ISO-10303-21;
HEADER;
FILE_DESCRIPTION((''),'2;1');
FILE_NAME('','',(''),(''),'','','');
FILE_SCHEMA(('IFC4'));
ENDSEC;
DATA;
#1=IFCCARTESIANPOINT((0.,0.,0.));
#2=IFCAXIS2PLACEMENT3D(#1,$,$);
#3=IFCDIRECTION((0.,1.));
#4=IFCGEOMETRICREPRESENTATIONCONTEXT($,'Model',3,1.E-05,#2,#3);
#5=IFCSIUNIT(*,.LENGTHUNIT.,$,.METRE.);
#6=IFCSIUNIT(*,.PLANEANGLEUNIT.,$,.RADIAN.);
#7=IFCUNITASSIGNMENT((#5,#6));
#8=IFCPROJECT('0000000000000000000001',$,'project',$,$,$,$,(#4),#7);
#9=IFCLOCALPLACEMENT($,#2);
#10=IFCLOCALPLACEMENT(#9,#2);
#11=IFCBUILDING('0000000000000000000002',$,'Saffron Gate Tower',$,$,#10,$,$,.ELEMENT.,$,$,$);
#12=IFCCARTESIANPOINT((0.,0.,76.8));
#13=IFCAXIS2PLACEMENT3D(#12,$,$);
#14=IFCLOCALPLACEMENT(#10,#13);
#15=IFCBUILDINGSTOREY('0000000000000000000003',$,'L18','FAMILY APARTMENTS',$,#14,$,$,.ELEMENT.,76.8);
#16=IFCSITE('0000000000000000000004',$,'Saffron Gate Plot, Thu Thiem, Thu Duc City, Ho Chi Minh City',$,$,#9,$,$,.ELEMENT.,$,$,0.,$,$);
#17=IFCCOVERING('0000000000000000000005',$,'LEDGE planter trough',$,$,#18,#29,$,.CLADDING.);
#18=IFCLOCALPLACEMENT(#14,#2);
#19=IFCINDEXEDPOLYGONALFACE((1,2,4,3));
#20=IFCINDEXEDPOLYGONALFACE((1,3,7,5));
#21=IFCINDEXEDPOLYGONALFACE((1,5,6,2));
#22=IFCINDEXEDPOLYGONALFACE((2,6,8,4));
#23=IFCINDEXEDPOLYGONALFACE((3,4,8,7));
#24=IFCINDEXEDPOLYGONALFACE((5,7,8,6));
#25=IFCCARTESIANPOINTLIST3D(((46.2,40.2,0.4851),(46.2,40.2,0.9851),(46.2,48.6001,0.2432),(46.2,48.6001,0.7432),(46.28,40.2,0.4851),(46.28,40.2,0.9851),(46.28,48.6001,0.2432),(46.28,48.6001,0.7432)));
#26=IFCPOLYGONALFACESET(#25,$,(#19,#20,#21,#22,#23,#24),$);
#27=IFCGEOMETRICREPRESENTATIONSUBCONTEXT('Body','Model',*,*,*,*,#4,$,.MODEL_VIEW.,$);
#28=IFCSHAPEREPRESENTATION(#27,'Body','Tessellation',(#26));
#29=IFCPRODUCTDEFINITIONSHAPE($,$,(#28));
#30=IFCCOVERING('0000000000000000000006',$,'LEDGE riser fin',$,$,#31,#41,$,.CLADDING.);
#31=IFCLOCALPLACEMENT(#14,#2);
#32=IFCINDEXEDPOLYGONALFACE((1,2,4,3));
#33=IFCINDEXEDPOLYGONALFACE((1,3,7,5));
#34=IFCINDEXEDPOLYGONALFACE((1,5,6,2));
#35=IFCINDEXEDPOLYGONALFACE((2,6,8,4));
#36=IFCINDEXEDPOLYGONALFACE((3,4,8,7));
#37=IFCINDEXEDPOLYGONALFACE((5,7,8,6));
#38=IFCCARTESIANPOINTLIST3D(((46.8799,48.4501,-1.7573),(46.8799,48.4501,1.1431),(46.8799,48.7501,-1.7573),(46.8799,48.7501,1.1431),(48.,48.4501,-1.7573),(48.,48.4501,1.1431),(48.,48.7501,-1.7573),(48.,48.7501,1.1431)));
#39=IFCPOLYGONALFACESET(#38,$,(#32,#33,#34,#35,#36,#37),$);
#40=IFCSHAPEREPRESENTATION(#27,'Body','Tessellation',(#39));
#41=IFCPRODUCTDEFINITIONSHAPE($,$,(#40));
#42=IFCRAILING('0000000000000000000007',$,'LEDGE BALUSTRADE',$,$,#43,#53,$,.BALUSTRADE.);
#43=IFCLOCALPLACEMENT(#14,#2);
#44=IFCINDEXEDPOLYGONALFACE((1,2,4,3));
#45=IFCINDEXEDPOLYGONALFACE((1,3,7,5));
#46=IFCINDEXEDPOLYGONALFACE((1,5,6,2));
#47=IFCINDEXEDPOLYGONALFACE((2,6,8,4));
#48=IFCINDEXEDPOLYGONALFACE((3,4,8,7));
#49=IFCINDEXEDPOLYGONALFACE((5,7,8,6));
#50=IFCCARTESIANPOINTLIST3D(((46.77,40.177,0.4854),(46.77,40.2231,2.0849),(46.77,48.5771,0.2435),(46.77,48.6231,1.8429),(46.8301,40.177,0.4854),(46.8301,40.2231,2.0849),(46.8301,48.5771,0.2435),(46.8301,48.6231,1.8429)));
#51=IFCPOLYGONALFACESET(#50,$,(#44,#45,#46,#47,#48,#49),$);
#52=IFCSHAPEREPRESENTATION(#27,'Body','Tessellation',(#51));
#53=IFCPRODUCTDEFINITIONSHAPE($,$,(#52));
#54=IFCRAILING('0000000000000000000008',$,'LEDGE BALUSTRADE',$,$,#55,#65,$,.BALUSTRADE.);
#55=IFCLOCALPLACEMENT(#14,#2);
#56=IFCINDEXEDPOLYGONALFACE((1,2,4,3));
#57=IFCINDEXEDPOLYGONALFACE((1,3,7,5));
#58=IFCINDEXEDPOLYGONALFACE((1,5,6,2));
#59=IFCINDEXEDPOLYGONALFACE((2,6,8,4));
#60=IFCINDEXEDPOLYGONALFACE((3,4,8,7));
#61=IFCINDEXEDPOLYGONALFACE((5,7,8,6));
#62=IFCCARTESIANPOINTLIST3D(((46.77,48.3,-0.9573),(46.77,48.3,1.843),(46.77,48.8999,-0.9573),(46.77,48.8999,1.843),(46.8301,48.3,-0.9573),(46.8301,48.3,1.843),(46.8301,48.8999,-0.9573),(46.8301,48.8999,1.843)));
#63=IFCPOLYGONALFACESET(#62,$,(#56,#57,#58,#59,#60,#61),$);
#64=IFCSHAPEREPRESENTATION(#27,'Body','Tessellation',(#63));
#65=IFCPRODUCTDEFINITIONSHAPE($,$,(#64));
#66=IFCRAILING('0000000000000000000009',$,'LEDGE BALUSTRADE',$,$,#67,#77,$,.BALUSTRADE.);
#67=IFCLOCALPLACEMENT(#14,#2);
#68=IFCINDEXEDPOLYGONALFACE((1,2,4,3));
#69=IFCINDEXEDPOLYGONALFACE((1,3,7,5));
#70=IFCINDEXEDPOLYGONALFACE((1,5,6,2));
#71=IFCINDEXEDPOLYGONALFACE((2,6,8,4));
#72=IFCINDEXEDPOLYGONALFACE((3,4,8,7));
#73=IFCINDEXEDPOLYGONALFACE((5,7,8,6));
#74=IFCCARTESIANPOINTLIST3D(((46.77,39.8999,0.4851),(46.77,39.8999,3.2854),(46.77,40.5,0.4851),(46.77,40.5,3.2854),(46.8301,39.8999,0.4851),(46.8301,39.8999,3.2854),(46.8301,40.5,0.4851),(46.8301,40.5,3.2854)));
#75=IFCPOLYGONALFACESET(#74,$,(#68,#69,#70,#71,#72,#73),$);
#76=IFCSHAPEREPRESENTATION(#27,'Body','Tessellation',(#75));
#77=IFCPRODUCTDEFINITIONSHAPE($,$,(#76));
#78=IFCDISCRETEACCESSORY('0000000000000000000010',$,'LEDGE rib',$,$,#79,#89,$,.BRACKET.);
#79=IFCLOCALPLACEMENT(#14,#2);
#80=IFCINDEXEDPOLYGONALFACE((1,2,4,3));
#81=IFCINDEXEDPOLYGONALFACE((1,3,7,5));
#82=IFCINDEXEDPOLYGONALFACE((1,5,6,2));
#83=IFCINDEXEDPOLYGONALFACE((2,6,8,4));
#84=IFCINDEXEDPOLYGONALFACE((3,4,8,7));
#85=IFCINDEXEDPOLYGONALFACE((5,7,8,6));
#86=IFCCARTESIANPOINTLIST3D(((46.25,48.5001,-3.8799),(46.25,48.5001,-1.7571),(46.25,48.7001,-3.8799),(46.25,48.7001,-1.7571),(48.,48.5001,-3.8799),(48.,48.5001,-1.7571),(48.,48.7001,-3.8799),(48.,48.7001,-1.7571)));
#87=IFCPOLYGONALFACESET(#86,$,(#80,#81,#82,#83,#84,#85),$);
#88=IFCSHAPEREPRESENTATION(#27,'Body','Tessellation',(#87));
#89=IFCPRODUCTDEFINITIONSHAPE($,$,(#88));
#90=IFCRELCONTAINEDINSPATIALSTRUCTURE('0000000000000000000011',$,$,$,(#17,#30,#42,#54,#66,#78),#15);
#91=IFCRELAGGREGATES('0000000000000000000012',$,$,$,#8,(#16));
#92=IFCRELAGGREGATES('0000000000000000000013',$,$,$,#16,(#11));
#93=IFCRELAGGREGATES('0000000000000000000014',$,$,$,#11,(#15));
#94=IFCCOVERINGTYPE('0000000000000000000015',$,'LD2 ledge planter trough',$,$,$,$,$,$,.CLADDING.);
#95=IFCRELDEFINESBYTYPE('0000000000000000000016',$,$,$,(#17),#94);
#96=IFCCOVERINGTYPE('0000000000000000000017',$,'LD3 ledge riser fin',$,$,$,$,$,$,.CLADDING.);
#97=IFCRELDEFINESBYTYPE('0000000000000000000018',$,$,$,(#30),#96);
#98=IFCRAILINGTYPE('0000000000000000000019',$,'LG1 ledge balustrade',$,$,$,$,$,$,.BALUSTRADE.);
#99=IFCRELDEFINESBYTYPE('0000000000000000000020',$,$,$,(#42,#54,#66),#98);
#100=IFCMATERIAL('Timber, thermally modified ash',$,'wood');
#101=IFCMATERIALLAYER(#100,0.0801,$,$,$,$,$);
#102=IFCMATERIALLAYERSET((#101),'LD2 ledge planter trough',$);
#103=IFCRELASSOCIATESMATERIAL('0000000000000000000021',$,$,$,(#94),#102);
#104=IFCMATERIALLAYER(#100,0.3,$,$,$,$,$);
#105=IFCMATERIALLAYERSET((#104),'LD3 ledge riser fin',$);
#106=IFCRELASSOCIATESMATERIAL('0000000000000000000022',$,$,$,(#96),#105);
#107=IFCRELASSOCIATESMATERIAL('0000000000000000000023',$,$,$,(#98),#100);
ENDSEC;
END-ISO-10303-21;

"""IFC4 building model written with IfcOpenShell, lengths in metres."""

from ifc_helpers import new_model, si_unit, direction, frame, origin, origin_2d, place, context, subcontext, project, spatial, polyline, rectangle, outline, extrude, material, layer, layer_set, type_object, element, save


model = new_model("IFC4")

# Units and contexts
model_context = context("Model", 3, precision=1e-05, world=origin(), true_north=direction((0.0, 1.0)))
body_context = subcontext(model_context, "Body", "Model", "MODEL_VIEW")
ifc_project = project(units=[si_unit("LENGTHUNIT", "METRE"), si_unit("PLANEANGLEUNIT", "RADIAN")], contexts=[model_context])

# Site, building, storey
site_placement = place(None, origin())
site = spatial("IfcSite", under=ifc_project, at=site_placement, Name="Saffron Gate Plot, Thu Thiem, Thu Duc City, Ho Chi Minh City", CompositionType="ELEMENT", RefElevation=0.0)
building_placement = place(site_placement, origin())
building = spatial("IfcBuilding", under=site, at=building_placement, Name="Saffron Gate Tower", CompositionType="ELEMENT")
storey_placement = place(building_placement, frame((0.0, 0.0, 76.8)))
storey = spatial("IfcBuildingStorey", under=building, at=storey_placement, Name="L18", Description="FAMILY APARTMENTS", CompositionType="ELEMENT", Elevation=76.8)

# Coverings
ifc_material_1 = material(Name="Timber, thermally modified ash", Category="wood")
ifc_layer_1 = layer(ifc_material_1, 0.0801)
ifc_layer_set_1 = layer_set([ifc_layer_1], Name="LD2 ledge planter trough")
covering_type_1 = type_object("IfcCoveringType", Name="LD2 ledge planter trough", PredefinedType="CLADDING", material=ifc_layer_set_1)
covering_1_placement = place(storey_placement, frame((46.2, 48.6001, 0.2432), z_axis=(-1.0, 0.0, 0.0), x_axis=(0.0, -0.999585, 0.02879)))
element("IfcCovering", 1, at=covering_1_placement, inside=storey, type_object=covering_type_1, Name="LEDGE planter trough", PredefinedType="CLADDING", context=body_context, shape_type="SweptSolid", body=[
    extrude(outline(polyline([(0.0, 0.0), (8.4036, 0.0), (8.418, 0.4998), (0.0144, 0.4998), (0.0, 0.0)])), origin(), (0.0, 0.0, -1.0), 0.0801),
])
ifc_layer_2 = layer(ifc_material_1, 0.3)
ifc_layer_set_2 = layer_set([ifc_layer_2], Name="LD3 ledge riser fin")
covering_type_2 = type_object("IfcCoveringType", Name="LD3 ledge riser fin", PredefinedType="CLADDING", material=ifc_layer_set_2)
covering_2_placement = place(storey_placement, frame((47.4399, 48.6001, -1.7573), z_axis=(0.0, 0.0, 1.0), x_axis=(0.0, -1.0, 0.0)))
element("IfcCovering", 2, at=covering_2_placement, inside=storey, type_object=covering_type_2, Name="LEDGE riser fin", PredefinedType="CLADDING", context=body_context, shape_type="SweptSolid", body=[
    extrude(rectangle(XDim=0.3, YDim=1.1201, at=origin_2d()), origin(), (0.0, 0.0, 1.0), 2.9004),
])

# Railings
railing_type = type_object("IfcRailingType", Name="LG1 ledge balustrade", PredefinedType="BALUSTRADE", material=ifc_material_1)
railing_1_placement = place(storey_placement, frame((46.8, 48.6001, 0.2432)))
element("IfcRailing", 3, at=railing_1_placement, inside=storey, type_object=railing_type, Name="LEDGE BALUSTRADE", PredefinedType="BALUSTRADE", context=body_context, shape_type="SweptSolid", body=[
    extrude(rectangle(XDim=0.0601, YDim=1.6001, at=origin_2d()), frame((0.0, 0.0, 0.8), z_axis=(0.0, -0.999585, 0.02879), x_axis=(1.0, 0.0, 0.0)), (0.0, 0.0, 1.0), 8.4036),
])
railing_2_placement = place(storey_placement, frame((46.8, 48.8999, -0.9573)))
element("IfcRailing", 4, at=railing_2_placement, inside=storey, type_object=railing_type, Name="LEDGE BALUSTRADE", PredefinedType="BALUSTRADE", context=body_context, shape_type="SweptSolid", body=[
    extrude(rectangle(XDim=0.0601, YDim=2.8003, at=origin_2d()), frame((0.0, 0.0, 1.4001), z_axis=(0.0, -1.0, 0.0), x_axis=(1.0, 0.0, 0.0)), (0.0, 0.0, 1.0), 0.5999),
])
railing_3_placement = place(storey_placement, frame((46.8, 40.5, 0.4851)))
element("IfcRailing", 5, at=railing_3_placement, inside=storey, type_object=railing_type, Name="LEDGE BALUSTRADE", PredefinedType="BALUSTRADE", context=body_context, shape_type="SweptSolid", body=[
    extrude(rectangle(XDim=0.0601, YDim=2.8003, at=origin_2d()), frame((0.0, 0.0, 1.4001), z_axis=(0.0, -1.0, 0.0), x_axis=(1.0, 0.0, 0.0)), (0.0, 0.0, 1.0), 0.6001),
])

# Discrete accessory
discrete_accessory_placement = place(storey_placement, frame((47.125, 48.6001, -3.8799), z_axis=(0.0, 0.0, 1.0), x_axis=(0.0, -1.0, 0.0)))
element("IfcDiscreteAccessory", 6, at=discrete_accessory_placement, inside=storey, Name="LEDGE rib", PredefinedType="BRACKET", context=body_context, shape_type="SweptSolid", body=[
    extrude(rectangle(XDim=0.2, YDim=1.75, at=origin_2d()), origin(), (0.0, 0.0, 1.0), 2.1228),
])

save(model, "model.ifc")
